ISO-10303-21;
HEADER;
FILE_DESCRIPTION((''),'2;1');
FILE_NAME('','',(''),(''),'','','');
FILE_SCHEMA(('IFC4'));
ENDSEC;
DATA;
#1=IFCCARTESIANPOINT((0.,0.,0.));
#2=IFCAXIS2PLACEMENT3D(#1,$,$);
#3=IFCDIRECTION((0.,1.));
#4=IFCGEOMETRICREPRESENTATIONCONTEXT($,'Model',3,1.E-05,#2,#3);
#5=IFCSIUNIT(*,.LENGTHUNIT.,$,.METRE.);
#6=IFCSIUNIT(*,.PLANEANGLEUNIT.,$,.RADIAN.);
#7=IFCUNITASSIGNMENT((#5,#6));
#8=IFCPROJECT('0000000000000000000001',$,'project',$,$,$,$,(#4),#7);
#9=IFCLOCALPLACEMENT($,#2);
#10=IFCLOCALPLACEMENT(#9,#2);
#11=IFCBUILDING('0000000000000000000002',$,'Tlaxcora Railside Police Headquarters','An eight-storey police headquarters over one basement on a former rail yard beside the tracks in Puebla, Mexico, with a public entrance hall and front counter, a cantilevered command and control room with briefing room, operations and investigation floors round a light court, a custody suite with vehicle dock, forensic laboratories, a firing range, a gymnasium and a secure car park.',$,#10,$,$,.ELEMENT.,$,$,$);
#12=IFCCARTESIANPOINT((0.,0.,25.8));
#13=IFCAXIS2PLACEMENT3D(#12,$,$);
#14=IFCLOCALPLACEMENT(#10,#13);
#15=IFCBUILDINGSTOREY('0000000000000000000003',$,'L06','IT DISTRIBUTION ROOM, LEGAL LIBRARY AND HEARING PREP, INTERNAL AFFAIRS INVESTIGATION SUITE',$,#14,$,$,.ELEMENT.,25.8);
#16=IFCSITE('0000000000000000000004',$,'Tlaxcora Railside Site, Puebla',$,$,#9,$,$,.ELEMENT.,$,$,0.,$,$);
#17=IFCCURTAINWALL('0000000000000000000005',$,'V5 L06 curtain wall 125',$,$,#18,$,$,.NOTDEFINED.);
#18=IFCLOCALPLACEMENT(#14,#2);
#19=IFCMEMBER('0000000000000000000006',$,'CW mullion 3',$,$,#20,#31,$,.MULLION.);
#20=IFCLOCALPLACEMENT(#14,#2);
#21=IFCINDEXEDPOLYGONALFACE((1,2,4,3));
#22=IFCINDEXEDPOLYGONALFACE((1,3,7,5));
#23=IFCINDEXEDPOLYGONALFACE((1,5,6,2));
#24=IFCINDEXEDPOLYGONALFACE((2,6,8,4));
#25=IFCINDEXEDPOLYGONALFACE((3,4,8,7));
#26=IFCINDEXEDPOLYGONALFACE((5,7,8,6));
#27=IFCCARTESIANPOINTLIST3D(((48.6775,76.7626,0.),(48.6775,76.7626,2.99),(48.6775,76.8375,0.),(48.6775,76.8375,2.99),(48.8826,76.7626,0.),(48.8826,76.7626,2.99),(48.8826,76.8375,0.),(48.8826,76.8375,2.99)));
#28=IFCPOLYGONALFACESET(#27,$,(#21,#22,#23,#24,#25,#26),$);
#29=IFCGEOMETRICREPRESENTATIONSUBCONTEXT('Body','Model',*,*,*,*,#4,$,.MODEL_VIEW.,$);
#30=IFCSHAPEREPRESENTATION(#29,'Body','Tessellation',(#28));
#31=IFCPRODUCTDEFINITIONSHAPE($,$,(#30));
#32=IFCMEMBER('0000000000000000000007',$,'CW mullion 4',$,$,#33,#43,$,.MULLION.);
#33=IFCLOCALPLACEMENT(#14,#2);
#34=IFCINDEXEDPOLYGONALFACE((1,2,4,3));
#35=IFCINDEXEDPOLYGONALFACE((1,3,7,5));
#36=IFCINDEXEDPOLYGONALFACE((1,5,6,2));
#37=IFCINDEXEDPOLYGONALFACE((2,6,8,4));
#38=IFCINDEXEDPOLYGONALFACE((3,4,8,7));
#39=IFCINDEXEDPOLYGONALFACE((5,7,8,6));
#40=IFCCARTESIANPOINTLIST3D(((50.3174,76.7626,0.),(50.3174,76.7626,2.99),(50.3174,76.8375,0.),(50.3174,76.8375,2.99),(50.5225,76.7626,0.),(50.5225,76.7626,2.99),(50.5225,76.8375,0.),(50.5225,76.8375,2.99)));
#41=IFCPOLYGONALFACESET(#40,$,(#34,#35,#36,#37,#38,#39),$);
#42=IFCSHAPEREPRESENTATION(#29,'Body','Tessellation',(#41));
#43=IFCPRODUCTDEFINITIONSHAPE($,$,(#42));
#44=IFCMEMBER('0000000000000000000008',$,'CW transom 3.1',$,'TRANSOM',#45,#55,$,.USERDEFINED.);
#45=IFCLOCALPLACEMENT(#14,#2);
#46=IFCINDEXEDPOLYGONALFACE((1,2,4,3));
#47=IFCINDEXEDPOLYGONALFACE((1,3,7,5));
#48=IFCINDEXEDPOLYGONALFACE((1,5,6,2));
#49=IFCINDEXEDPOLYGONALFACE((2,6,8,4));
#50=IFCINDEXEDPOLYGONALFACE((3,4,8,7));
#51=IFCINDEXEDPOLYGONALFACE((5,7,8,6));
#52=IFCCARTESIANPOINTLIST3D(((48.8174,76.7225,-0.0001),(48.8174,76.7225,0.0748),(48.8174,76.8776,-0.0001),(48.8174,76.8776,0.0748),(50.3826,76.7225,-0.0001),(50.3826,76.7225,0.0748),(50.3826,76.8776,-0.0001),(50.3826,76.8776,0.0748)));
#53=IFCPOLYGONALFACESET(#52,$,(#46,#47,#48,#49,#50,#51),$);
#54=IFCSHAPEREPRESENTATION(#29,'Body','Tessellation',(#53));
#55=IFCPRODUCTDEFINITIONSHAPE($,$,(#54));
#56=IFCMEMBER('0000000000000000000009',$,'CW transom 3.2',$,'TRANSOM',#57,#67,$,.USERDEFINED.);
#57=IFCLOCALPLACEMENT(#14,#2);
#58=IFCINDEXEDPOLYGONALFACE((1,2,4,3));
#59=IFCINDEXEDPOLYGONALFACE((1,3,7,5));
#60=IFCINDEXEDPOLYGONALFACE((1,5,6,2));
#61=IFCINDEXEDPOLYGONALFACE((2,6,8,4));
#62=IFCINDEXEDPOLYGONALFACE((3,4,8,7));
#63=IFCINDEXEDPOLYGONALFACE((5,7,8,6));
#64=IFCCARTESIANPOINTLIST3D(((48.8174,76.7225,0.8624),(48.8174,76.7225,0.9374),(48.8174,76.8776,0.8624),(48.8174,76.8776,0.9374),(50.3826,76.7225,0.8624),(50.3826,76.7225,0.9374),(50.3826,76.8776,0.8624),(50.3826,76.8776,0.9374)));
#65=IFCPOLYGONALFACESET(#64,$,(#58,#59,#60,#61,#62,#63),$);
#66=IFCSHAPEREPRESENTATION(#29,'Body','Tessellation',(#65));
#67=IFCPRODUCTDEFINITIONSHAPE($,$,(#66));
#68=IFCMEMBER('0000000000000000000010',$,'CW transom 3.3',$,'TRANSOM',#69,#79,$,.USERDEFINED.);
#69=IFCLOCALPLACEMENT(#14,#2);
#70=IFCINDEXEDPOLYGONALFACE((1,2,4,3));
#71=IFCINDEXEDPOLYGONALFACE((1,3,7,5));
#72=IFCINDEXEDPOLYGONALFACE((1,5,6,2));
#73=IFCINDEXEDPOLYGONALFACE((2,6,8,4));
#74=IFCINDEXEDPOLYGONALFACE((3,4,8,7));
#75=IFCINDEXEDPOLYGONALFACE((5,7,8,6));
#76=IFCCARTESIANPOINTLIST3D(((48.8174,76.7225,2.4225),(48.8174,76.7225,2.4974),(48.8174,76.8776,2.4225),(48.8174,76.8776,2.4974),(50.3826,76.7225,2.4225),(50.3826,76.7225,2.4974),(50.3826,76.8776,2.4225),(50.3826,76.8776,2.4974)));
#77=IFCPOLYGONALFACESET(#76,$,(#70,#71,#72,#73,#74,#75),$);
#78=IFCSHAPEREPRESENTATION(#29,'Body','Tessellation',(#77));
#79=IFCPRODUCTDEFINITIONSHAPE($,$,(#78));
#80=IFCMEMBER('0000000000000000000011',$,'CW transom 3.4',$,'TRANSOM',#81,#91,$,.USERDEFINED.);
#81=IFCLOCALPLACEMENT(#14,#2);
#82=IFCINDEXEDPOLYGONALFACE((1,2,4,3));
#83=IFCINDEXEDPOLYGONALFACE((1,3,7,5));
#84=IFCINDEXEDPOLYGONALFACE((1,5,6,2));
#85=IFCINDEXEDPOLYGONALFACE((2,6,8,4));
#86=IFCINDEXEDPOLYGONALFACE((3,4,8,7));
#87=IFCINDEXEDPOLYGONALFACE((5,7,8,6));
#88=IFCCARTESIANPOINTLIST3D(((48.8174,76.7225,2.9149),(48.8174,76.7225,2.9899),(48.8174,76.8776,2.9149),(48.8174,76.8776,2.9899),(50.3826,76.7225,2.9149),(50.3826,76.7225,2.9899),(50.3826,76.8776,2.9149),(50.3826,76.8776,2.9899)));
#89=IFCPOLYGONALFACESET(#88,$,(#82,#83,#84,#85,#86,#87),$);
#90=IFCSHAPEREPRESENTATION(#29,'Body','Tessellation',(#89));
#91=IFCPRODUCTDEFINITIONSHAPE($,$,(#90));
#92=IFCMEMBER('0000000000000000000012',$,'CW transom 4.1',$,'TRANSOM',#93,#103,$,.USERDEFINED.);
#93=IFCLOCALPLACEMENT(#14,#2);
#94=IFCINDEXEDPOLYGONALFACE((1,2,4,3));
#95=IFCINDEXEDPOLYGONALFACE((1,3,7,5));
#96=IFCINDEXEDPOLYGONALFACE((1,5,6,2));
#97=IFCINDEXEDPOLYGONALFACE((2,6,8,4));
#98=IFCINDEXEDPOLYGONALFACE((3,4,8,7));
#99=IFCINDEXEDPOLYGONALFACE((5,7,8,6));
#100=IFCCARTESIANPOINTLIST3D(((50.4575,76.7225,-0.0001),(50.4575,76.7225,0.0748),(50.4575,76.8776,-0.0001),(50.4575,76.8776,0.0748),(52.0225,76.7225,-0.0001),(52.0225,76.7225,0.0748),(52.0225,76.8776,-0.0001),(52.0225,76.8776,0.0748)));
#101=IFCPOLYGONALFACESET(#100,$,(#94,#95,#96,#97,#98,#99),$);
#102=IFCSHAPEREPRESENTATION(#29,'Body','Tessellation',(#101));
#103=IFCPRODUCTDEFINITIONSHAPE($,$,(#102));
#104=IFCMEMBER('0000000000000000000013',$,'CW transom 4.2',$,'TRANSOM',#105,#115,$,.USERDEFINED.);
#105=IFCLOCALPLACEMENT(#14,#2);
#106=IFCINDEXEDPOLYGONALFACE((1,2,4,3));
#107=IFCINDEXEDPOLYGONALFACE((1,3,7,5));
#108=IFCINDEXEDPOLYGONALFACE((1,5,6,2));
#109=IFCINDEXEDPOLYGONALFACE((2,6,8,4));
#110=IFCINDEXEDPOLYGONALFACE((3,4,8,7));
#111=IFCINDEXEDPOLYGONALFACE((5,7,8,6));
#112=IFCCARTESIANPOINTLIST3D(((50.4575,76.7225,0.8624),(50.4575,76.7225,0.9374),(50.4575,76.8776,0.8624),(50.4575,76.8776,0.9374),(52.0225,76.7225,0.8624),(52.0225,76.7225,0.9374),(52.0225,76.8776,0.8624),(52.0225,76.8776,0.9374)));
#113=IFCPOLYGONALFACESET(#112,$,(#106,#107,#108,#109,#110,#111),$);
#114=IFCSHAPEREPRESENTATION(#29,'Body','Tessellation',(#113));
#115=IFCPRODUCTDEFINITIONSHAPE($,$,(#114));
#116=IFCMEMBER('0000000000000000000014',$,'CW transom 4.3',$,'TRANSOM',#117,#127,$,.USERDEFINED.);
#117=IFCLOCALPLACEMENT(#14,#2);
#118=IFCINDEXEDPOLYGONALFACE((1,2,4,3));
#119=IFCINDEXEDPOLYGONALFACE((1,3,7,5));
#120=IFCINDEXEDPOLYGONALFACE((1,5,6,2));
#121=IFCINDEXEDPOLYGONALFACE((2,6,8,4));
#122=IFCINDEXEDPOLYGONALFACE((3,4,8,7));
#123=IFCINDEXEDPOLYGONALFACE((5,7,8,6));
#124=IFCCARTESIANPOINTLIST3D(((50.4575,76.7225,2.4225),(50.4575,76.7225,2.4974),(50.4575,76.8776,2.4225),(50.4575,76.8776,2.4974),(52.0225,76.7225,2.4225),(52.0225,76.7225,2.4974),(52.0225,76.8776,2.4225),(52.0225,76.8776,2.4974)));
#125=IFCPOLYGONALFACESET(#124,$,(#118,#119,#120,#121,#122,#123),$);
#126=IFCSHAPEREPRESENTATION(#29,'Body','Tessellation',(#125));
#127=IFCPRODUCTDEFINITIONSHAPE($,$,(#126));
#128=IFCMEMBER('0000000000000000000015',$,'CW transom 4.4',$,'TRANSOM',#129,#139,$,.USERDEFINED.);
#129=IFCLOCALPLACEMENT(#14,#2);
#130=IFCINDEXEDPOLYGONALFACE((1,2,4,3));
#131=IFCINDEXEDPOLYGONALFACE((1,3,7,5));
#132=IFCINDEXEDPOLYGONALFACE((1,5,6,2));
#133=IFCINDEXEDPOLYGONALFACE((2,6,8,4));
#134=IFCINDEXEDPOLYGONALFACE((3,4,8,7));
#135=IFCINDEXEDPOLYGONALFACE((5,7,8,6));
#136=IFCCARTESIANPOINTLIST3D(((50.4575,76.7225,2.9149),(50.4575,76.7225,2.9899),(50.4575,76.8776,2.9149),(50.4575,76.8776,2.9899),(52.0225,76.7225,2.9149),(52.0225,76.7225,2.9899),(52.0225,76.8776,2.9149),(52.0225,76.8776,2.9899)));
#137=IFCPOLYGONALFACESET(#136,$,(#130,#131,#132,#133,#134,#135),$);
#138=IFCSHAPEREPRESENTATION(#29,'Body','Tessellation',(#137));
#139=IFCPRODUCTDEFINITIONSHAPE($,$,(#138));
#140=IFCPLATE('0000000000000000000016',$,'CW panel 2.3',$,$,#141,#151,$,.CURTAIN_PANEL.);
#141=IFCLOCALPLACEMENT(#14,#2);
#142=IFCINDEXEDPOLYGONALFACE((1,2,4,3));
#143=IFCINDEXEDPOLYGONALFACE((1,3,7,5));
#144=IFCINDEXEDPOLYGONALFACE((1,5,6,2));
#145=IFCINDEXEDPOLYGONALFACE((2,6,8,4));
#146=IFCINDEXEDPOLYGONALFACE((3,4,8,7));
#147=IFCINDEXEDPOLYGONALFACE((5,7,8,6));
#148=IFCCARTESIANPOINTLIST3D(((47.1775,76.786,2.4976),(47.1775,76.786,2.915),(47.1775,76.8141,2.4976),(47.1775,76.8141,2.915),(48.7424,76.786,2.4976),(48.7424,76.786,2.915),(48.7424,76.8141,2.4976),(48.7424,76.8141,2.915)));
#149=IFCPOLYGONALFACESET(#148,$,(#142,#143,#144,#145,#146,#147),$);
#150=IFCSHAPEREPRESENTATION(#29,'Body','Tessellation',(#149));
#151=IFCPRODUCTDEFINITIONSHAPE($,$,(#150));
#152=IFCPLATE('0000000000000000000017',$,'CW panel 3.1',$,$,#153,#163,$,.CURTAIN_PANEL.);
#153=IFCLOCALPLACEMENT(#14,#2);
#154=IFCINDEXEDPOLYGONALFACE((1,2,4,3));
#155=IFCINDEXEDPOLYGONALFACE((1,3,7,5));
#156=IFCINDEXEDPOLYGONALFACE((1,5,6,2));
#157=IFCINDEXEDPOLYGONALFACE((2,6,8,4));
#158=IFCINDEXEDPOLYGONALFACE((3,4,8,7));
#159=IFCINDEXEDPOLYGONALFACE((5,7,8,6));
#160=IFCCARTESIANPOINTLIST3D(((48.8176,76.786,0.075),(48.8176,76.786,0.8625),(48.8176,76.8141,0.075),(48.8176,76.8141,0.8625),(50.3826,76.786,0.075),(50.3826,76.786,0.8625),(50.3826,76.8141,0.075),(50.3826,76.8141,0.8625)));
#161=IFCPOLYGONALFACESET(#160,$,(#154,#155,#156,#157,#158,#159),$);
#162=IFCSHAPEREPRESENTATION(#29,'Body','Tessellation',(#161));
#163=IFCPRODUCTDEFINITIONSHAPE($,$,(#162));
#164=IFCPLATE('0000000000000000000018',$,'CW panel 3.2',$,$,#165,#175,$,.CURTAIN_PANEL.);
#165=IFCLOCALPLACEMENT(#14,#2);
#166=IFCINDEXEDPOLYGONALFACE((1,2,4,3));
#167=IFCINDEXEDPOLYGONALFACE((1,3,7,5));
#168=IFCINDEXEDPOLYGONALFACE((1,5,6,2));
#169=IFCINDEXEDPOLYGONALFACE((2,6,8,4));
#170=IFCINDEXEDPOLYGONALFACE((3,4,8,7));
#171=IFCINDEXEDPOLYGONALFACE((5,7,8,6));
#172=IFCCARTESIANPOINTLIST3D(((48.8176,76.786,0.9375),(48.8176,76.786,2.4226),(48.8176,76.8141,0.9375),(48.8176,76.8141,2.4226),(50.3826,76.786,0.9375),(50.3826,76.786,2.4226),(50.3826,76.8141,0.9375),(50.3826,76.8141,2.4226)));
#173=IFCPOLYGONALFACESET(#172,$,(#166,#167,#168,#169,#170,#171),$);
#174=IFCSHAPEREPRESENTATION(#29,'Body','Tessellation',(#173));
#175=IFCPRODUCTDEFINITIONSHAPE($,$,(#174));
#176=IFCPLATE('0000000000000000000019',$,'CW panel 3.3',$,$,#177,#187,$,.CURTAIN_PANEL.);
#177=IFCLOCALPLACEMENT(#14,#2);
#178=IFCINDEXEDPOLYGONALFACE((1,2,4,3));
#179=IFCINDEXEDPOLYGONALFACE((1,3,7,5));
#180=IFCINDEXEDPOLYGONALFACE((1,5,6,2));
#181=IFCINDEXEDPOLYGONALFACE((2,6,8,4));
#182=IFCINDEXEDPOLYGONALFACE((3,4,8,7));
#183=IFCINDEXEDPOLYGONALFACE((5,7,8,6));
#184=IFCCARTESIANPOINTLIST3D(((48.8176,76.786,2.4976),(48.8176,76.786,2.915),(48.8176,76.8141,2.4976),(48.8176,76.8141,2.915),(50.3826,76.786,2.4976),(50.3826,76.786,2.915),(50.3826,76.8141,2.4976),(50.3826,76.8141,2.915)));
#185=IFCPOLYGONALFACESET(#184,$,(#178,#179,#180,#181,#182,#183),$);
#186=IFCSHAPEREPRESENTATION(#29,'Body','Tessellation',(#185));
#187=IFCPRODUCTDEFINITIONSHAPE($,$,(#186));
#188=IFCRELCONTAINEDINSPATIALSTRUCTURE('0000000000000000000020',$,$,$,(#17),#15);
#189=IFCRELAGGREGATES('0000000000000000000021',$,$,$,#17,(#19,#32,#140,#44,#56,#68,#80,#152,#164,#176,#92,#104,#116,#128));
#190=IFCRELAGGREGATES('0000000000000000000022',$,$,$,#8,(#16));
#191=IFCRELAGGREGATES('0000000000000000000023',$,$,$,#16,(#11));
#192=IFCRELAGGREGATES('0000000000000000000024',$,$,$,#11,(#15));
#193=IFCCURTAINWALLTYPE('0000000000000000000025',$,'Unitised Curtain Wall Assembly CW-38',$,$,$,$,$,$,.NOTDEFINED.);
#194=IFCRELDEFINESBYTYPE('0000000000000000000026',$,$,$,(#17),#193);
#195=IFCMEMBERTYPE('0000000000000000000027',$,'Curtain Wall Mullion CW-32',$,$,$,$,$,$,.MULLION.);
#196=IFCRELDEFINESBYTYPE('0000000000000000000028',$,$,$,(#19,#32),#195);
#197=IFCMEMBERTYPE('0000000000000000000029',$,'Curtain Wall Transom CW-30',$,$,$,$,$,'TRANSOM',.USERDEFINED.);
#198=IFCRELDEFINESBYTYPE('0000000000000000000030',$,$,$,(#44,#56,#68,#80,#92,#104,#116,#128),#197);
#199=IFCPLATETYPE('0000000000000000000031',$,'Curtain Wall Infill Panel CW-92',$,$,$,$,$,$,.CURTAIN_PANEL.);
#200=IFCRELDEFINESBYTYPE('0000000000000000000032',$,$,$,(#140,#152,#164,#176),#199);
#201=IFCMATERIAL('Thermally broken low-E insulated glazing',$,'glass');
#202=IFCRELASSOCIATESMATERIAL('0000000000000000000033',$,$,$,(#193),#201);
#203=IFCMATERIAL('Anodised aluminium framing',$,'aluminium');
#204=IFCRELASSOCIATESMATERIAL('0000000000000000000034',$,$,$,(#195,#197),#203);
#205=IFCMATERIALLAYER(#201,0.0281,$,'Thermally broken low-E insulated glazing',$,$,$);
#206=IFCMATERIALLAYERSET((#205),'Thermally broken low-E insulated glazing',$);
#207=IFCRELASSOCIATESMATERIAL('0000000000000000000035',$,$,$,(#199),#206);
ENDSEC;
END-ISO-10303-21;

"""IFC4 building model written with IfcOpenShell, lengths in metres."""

from ifc_helpers import new_model, si_unit, direction, frame, origin, origin_2d, place, context, subcontext, project, spatial, rectangle, extrude, material, layer, layer_set, material_profile, profile_set, type_object, element, aggregate, save


model = new_model("IFC4")

# Units and contexts
model_context = context("Model", 3, precision=1e-05, world=origin(), true_north=direction((0.0, 1.0)))
body_context = subcontext(model_context, "Body", "Model", "MODEL_VIEW")
ifc_project = project(units=[si_unit("LENGTHUNIT", "METRE"), si_unit("PLANEANGLEUNIT", "RADIAN")], contexts=[model_context])

# Site, building, storey
site_placement = place(None, origin())
site = spatial("IfcSite", under=ifc_project, at=site_placement, Name="Tlaxcora Railside Site, Puebla", CompositionType="ELEMENT", RefElevation=0.0)
building_placement = place(site_placement, origin())
building = spatial("IfcBuilding", under=site, at=building_placement, Name="Tlaxcora Railside Police Headquarters", Description="An eight-storey police headquarters over one basement on a former rail yard beside the tracks in Puebla, Mexico, with a public entrance hall and front counter, a cantilevered command and control room with briefing room, operations and investigation floors round a light court, a custody suite with vehicle dock, forensic laboratories, a firing range, a gymnasium and a secure car park.", CompositionType="ELEMENT")
storey_placement = place(building_placement, frame((0.0, 0.0, 25.8)))
storey = spatial("IfcBuildingStorey", under=building, at=storey_placement, Name="L06", Description="IT DISTRIBUTION ROOM, LEGAL LIBRARY AND HEARING PREP, INTERNAL AFFAIRS INVESTIGATION SUITE", CompositionType="ELEMENT", Elevation=25.8)

# Curtain wall, members, plates
ifc_material_1 = material(Name="Thermally broken low-E insulated glazing", Category="glass")
curtain_wall_type = type_object("IfcCurtainWallType", Name="Unitised Curtain Wall Assembly CW-38", PredefinedType="NOTDEFINED", material=ifc_material_1)
curtain_wall_placement = place(storey_placement, origin())
curtain_wall = element("IfcCurtainWall", 1, at=curtain_wall_placement, inside=storey, type_object=curtain_wall_type, Name="V5 L06 curtain wall 125", PredefinedType="NOTDEFINED")
ifc_material_2 = material(Name="Anodised aluminium framing", Category="aluminium")
ifc_material_profile_1 = material_profile(ifc_material_2, rectangle(XDim=0.075, YDim=0.2051, at=origin_2d()), Name="AL75X205")
ifc_profile_set_1 = profile_set([ifc_material_profile_1], Name="Anodised aluminium framing")
member_type_1 = type_object("IfcMemberType", Name="Curtain Wall Mullion CW-32", PredefinedType="MULLION", material=ifc_profile_set_1)
member_1_placement = place(storey_placement, frame((48.78, 76.8, 0.0), z_axis=(0.0, 0.0, 1.0), x_axis=(0.0, 1.0, 0.0)))
member_1 = element("IfcMember", 2, at=member_1_placement, type_object=member_type_1, Name="CW mullion 3", PredefinedType="MULLION", context=body_context, shape_type="SweptSolid", body=[
    extrude(rectangle(XDim=0.075, YDim=0.2051, at=origin_2d()), origin(), (0.0, 0.0, 1.0), 2.99),
])
member_2_placement = place(storey_placement, frame((50.4199, 76.8, 0.0), z_axis=(0.0, 0.0, 1.0), x_axis=(0.0, 1.0, 0.0)))
member_2 = element("IfcMember", 3, at=member_2_placement, type_object=member_type_1, Name="CW mullion 4", PredefinedType="MULLION", context=body_context, shape_type="SweptSolid", body=[
    extrude(rectangle(XDim=0.075, YDim=0.2051, at=origin_2d()), origin(), (0.0, 0.0, 1.0), 2.99),
])
ifc_material_profile_2 = material_profile(ifc_material_2, rectangle(XDim=0.155, YDim=0.075, at=origin_2d()), Name="AL75X155")
ifc_profile_set_2 = profile_set([ifc_material_profile_2], Name="Anodised aluminium framing")
member_type_2 = type_object("IfcMemberType", Name="Curtain Wall Transom CW-30", ElementType="TRANSOM", PredefinedType="USERDEFINED", material=ifc_profile_set_2)
member_3_placement = place(storey_placement, frame((48.8174, 76.8, 0.0374), z_axis=(1.0, 0.0, 0.0), x_axis=(0.0, 1.0, 0.0)))
member_3 = element("IfcMember", 4, at=member_3_placement, type_object=member_type_2, Name="CW transom 3.1", ObjectType="TRANSOM", PredefinedType="USERDEFINED", context=body_context, shape_type="SweptSolid", body=[
    extrude(rectangle(XDim=0.155, YDim=0.075, at=origin_2d()), origin(), (0.0, 0.0, 1.0), 1.5652),
])
member_4_placement = place(storey_placement, frame((48.8174, 76.8, 0.8999), z_axis=(1.0, 0.0, 0.0), x_axis=(0.0, 1.0, 0.0)))
member_4 = element("IfcMember", 5, at=member_4_placement, type_object=member_type_2, Name="CW transom 3.2", ObjectType="TRANSOM", PredefinedType="USERDEFINED", context=body_context, shape_type="SweptSolid", body=[
    extrude(rectangle(XDim=0.155, YDim=0.075, at=origin_2d()), origin(), (0.0, 0.0, 1.0), 1.5652),
])
member_5_placement = place(storey_placement, frame((48.8174, 76.8, 2.46), z_axis=(1.0, 0.0, 0.0), x_axis=(0.0, 1.0, 0.0)))
member_5 = element("IfcMember", 6, at=member_5_placement, type_object=member_type_2, Name="CW transom 3.3", ObjectType="TRANSOM", PredefinedType="USERDEFINED", context=body_context, shape_type="SweptSolid", body=[
    extrude(rectangle(XDim=0.155, YDim=0.075, at=origin_2d()), origin(), (0.0, 0.0, 1.0), 1.5652),
])
member_6_placement = place(storey_placement, frame((48.8174, 76.8, 2.9524), z_axis=(1.0, 0.0, 0.0), x_axis=(0.0, 1.0, 0.0)))
member_6 = element("IfcMember", 7, at=member_6_placement, type_object=member_type_2, Name="CW transom 3.4", ObjectType="TRANSOM", PredefinedType="USERDEFINED", context=body_context, shape_type="SweptSolid", body=[
    extrude(rectangle(XDim=0.155, YDim=0.075, at=origin_2d()), origin(), (0.0, 0.0, 1.0), 1.5652),
])
member_7_placement = place(storey_placement, frame((50.4575, 76.8, 0.0374), z_axis=(1.0, 0.0, 0.0), x_axis=(0.0, 1.0, 0.0)))
member_7 = element("IfcMember", 8, at=member_7_placement, type_object=member_type_2, Name="CW transom 4.1", ObjectType="TRANSOM", PredefinedType="USERDEFINED", context=body_context, shape_type="SweptSolid", body=[
    extrude(rectangle(XDim=0.155, YDim=0.075, at=origin_2d()), origin(), (0.0, 0.0, 1.0), 1.5649),
])
member_8_placement = place(storey_placement, frame((50.4575, 76.8, 0.8999), z_axis=(1.0, 0.0, 0.0), x_axis=(0.0, 1.0, 0.0)))
member_8 = element("IfcMember", 9, at=member_8_placement, type_object=member_type_2, Name="CW transom 4.2", ObjectType="TRANSOM", PredefinedType="USERDEFINED", context=body_context, shape_type="SweptSolid", body=[
    extrude(rectangle(XDim=0.155, YDim=0.075, at=origin_2d()), origin(), (0.0, 0.0, 1.0), 1.5649),
])
member_9_placement = place(storey_placement, frame((50.4575, 76.8, 2.46), z_axis=(1.0, 0.0, 0.0), x_axis=(0.0, 1.0, 0.0)))
member_9 = element("IfcMember", 10, at=member_9_placement, type_object=member_type_2, Name="CW transom 4.3", ObjectType="TRANSOM", PredefinedType="USERDEFINED", context=body_context, shape_type="SweptSolid", body=[
    extrude(rectangle(XDim=0.155, YDim=0.075, at=origin_2d()), origin(), (0.0, 0.0, 1.0), 1.5649),
])
member_10_placement = place(storey_placement, frame((50.4575, 76.8, 2.9524), z_axis=(1.0, 0.0, 0.0), x_axis=(0.0, 1.0, 0.0)))
member_10 = element("IfcMember", 11, at=member_10_placement, type_object=member_type_2, Name="CW transom 4.4", ObjectType="TRANSOM", PredefinedType="USERDEFINED", context=body_context, shape_type="SweptSolid", body=[
    extrude(rectangle(XDim=0.155, YDim=0.075, at=origin_2d()), origin(), (0.0, 0.0, 1.0), 1.5649),
])
ifc_layer_1 = layer(ifc_material_1, 0.0281, Name="Thermally broken low-E insulated glazing")
ifc_layer_set_1 = layer_set([ifc_layer_1], Name="Thermally broken low-E insulated glazing")
plate_type = type_object("IfcPlateType", Name="Curtain Wall Infill Panel CW-92", PredefinedType="CURTAIN_PANEL", material=ifc_layer_set_1)
plate_1_placement = place(storey_placement, frame((47.96, 76.8, 2.4976), z_axis=(0.0, 0.0, 1.0), x_axis=(1.0, 0.0, 0.0)))
plate_1 = element("IfcPlate", 12, at=plate_1_placement, type_object=plate_type, Name="CW panel 2.3", PredefinedType="CURTAIN_PANEL", context=body_context, shape_type="SweptSolid", body=[
    extrude(rectangle(XDim=1.5649, YDim=0.0281, at=origin_2d()), origin(), (0.0, 0.0, 1.0), 0.4175),
])
plate_2_placement = place(storey_placement, frame((49.6001, 76.8, 0.075), z_axis=(0.0, 0.0, 1.0), x_axis=(1.0, 0.0, 0.0)))
plate_2 = element("IfcPlate", 13, at=plate_2_placement, type_object=plate_type, Name="CW panel 3.1", PredefinedType="CURTAIN_PANEL", context=body_context, shape_type="SweptSolid", body=[
    extrude(rectangle(XDim=1.5649, YDim=0.0281, at=origin_2d()), origin(), (0.0, 0.0, 1.0), 0.7876),
])
plate_3_placement = place(storey_placement, frame((49.6001, 76.8, 0.9375), z_axis=(0.0, 0.0, 1.0), x_axis=(1.0, 0.0, 0.0)))
plate_3 = element("IfcPlate", 14, at=plate_3_placement, type_object=plate_type, Name="CW panel 3.2", PredefinedType="CURTAIN_PANEL", context=body_context, shape_type="SweptSolid", body=[
    extrude(rectangle(XDim=1.5649, YDim=0.0281, at=origin_2d()), origin(), (0.0, 0.0, 1.0), 1.4851),
])
plate_4_placement = place(storey_placement, frame((49.6001, 76.8, 2.4976), z_axis=(0.0, 0.0, 1.0), x_axis=(1.0, 0.0, 0.0)))
plate_4 = element("IfcPlate", 15, at=plate_4_placement, type_object=plate_type, Name="CW panel 3.3", PredefinedType="CURTAIN_PANEL", context=body_context, shape_type="SweptSolid", body=[
    extrude(rectangle(XDim=1.5649, YDim=0.0281, at=origin_2d()), origin(), (0.0, 0.0, 1.0), 0.4175),
])
aggregate(curtain_wall, [member_1, member_2, plate_1, member_3, member_4, member_5, member_6, plate_2, plate_3, plate_4, member_7, member_8, member_9, member_10])

save(model, "model.ifc")
